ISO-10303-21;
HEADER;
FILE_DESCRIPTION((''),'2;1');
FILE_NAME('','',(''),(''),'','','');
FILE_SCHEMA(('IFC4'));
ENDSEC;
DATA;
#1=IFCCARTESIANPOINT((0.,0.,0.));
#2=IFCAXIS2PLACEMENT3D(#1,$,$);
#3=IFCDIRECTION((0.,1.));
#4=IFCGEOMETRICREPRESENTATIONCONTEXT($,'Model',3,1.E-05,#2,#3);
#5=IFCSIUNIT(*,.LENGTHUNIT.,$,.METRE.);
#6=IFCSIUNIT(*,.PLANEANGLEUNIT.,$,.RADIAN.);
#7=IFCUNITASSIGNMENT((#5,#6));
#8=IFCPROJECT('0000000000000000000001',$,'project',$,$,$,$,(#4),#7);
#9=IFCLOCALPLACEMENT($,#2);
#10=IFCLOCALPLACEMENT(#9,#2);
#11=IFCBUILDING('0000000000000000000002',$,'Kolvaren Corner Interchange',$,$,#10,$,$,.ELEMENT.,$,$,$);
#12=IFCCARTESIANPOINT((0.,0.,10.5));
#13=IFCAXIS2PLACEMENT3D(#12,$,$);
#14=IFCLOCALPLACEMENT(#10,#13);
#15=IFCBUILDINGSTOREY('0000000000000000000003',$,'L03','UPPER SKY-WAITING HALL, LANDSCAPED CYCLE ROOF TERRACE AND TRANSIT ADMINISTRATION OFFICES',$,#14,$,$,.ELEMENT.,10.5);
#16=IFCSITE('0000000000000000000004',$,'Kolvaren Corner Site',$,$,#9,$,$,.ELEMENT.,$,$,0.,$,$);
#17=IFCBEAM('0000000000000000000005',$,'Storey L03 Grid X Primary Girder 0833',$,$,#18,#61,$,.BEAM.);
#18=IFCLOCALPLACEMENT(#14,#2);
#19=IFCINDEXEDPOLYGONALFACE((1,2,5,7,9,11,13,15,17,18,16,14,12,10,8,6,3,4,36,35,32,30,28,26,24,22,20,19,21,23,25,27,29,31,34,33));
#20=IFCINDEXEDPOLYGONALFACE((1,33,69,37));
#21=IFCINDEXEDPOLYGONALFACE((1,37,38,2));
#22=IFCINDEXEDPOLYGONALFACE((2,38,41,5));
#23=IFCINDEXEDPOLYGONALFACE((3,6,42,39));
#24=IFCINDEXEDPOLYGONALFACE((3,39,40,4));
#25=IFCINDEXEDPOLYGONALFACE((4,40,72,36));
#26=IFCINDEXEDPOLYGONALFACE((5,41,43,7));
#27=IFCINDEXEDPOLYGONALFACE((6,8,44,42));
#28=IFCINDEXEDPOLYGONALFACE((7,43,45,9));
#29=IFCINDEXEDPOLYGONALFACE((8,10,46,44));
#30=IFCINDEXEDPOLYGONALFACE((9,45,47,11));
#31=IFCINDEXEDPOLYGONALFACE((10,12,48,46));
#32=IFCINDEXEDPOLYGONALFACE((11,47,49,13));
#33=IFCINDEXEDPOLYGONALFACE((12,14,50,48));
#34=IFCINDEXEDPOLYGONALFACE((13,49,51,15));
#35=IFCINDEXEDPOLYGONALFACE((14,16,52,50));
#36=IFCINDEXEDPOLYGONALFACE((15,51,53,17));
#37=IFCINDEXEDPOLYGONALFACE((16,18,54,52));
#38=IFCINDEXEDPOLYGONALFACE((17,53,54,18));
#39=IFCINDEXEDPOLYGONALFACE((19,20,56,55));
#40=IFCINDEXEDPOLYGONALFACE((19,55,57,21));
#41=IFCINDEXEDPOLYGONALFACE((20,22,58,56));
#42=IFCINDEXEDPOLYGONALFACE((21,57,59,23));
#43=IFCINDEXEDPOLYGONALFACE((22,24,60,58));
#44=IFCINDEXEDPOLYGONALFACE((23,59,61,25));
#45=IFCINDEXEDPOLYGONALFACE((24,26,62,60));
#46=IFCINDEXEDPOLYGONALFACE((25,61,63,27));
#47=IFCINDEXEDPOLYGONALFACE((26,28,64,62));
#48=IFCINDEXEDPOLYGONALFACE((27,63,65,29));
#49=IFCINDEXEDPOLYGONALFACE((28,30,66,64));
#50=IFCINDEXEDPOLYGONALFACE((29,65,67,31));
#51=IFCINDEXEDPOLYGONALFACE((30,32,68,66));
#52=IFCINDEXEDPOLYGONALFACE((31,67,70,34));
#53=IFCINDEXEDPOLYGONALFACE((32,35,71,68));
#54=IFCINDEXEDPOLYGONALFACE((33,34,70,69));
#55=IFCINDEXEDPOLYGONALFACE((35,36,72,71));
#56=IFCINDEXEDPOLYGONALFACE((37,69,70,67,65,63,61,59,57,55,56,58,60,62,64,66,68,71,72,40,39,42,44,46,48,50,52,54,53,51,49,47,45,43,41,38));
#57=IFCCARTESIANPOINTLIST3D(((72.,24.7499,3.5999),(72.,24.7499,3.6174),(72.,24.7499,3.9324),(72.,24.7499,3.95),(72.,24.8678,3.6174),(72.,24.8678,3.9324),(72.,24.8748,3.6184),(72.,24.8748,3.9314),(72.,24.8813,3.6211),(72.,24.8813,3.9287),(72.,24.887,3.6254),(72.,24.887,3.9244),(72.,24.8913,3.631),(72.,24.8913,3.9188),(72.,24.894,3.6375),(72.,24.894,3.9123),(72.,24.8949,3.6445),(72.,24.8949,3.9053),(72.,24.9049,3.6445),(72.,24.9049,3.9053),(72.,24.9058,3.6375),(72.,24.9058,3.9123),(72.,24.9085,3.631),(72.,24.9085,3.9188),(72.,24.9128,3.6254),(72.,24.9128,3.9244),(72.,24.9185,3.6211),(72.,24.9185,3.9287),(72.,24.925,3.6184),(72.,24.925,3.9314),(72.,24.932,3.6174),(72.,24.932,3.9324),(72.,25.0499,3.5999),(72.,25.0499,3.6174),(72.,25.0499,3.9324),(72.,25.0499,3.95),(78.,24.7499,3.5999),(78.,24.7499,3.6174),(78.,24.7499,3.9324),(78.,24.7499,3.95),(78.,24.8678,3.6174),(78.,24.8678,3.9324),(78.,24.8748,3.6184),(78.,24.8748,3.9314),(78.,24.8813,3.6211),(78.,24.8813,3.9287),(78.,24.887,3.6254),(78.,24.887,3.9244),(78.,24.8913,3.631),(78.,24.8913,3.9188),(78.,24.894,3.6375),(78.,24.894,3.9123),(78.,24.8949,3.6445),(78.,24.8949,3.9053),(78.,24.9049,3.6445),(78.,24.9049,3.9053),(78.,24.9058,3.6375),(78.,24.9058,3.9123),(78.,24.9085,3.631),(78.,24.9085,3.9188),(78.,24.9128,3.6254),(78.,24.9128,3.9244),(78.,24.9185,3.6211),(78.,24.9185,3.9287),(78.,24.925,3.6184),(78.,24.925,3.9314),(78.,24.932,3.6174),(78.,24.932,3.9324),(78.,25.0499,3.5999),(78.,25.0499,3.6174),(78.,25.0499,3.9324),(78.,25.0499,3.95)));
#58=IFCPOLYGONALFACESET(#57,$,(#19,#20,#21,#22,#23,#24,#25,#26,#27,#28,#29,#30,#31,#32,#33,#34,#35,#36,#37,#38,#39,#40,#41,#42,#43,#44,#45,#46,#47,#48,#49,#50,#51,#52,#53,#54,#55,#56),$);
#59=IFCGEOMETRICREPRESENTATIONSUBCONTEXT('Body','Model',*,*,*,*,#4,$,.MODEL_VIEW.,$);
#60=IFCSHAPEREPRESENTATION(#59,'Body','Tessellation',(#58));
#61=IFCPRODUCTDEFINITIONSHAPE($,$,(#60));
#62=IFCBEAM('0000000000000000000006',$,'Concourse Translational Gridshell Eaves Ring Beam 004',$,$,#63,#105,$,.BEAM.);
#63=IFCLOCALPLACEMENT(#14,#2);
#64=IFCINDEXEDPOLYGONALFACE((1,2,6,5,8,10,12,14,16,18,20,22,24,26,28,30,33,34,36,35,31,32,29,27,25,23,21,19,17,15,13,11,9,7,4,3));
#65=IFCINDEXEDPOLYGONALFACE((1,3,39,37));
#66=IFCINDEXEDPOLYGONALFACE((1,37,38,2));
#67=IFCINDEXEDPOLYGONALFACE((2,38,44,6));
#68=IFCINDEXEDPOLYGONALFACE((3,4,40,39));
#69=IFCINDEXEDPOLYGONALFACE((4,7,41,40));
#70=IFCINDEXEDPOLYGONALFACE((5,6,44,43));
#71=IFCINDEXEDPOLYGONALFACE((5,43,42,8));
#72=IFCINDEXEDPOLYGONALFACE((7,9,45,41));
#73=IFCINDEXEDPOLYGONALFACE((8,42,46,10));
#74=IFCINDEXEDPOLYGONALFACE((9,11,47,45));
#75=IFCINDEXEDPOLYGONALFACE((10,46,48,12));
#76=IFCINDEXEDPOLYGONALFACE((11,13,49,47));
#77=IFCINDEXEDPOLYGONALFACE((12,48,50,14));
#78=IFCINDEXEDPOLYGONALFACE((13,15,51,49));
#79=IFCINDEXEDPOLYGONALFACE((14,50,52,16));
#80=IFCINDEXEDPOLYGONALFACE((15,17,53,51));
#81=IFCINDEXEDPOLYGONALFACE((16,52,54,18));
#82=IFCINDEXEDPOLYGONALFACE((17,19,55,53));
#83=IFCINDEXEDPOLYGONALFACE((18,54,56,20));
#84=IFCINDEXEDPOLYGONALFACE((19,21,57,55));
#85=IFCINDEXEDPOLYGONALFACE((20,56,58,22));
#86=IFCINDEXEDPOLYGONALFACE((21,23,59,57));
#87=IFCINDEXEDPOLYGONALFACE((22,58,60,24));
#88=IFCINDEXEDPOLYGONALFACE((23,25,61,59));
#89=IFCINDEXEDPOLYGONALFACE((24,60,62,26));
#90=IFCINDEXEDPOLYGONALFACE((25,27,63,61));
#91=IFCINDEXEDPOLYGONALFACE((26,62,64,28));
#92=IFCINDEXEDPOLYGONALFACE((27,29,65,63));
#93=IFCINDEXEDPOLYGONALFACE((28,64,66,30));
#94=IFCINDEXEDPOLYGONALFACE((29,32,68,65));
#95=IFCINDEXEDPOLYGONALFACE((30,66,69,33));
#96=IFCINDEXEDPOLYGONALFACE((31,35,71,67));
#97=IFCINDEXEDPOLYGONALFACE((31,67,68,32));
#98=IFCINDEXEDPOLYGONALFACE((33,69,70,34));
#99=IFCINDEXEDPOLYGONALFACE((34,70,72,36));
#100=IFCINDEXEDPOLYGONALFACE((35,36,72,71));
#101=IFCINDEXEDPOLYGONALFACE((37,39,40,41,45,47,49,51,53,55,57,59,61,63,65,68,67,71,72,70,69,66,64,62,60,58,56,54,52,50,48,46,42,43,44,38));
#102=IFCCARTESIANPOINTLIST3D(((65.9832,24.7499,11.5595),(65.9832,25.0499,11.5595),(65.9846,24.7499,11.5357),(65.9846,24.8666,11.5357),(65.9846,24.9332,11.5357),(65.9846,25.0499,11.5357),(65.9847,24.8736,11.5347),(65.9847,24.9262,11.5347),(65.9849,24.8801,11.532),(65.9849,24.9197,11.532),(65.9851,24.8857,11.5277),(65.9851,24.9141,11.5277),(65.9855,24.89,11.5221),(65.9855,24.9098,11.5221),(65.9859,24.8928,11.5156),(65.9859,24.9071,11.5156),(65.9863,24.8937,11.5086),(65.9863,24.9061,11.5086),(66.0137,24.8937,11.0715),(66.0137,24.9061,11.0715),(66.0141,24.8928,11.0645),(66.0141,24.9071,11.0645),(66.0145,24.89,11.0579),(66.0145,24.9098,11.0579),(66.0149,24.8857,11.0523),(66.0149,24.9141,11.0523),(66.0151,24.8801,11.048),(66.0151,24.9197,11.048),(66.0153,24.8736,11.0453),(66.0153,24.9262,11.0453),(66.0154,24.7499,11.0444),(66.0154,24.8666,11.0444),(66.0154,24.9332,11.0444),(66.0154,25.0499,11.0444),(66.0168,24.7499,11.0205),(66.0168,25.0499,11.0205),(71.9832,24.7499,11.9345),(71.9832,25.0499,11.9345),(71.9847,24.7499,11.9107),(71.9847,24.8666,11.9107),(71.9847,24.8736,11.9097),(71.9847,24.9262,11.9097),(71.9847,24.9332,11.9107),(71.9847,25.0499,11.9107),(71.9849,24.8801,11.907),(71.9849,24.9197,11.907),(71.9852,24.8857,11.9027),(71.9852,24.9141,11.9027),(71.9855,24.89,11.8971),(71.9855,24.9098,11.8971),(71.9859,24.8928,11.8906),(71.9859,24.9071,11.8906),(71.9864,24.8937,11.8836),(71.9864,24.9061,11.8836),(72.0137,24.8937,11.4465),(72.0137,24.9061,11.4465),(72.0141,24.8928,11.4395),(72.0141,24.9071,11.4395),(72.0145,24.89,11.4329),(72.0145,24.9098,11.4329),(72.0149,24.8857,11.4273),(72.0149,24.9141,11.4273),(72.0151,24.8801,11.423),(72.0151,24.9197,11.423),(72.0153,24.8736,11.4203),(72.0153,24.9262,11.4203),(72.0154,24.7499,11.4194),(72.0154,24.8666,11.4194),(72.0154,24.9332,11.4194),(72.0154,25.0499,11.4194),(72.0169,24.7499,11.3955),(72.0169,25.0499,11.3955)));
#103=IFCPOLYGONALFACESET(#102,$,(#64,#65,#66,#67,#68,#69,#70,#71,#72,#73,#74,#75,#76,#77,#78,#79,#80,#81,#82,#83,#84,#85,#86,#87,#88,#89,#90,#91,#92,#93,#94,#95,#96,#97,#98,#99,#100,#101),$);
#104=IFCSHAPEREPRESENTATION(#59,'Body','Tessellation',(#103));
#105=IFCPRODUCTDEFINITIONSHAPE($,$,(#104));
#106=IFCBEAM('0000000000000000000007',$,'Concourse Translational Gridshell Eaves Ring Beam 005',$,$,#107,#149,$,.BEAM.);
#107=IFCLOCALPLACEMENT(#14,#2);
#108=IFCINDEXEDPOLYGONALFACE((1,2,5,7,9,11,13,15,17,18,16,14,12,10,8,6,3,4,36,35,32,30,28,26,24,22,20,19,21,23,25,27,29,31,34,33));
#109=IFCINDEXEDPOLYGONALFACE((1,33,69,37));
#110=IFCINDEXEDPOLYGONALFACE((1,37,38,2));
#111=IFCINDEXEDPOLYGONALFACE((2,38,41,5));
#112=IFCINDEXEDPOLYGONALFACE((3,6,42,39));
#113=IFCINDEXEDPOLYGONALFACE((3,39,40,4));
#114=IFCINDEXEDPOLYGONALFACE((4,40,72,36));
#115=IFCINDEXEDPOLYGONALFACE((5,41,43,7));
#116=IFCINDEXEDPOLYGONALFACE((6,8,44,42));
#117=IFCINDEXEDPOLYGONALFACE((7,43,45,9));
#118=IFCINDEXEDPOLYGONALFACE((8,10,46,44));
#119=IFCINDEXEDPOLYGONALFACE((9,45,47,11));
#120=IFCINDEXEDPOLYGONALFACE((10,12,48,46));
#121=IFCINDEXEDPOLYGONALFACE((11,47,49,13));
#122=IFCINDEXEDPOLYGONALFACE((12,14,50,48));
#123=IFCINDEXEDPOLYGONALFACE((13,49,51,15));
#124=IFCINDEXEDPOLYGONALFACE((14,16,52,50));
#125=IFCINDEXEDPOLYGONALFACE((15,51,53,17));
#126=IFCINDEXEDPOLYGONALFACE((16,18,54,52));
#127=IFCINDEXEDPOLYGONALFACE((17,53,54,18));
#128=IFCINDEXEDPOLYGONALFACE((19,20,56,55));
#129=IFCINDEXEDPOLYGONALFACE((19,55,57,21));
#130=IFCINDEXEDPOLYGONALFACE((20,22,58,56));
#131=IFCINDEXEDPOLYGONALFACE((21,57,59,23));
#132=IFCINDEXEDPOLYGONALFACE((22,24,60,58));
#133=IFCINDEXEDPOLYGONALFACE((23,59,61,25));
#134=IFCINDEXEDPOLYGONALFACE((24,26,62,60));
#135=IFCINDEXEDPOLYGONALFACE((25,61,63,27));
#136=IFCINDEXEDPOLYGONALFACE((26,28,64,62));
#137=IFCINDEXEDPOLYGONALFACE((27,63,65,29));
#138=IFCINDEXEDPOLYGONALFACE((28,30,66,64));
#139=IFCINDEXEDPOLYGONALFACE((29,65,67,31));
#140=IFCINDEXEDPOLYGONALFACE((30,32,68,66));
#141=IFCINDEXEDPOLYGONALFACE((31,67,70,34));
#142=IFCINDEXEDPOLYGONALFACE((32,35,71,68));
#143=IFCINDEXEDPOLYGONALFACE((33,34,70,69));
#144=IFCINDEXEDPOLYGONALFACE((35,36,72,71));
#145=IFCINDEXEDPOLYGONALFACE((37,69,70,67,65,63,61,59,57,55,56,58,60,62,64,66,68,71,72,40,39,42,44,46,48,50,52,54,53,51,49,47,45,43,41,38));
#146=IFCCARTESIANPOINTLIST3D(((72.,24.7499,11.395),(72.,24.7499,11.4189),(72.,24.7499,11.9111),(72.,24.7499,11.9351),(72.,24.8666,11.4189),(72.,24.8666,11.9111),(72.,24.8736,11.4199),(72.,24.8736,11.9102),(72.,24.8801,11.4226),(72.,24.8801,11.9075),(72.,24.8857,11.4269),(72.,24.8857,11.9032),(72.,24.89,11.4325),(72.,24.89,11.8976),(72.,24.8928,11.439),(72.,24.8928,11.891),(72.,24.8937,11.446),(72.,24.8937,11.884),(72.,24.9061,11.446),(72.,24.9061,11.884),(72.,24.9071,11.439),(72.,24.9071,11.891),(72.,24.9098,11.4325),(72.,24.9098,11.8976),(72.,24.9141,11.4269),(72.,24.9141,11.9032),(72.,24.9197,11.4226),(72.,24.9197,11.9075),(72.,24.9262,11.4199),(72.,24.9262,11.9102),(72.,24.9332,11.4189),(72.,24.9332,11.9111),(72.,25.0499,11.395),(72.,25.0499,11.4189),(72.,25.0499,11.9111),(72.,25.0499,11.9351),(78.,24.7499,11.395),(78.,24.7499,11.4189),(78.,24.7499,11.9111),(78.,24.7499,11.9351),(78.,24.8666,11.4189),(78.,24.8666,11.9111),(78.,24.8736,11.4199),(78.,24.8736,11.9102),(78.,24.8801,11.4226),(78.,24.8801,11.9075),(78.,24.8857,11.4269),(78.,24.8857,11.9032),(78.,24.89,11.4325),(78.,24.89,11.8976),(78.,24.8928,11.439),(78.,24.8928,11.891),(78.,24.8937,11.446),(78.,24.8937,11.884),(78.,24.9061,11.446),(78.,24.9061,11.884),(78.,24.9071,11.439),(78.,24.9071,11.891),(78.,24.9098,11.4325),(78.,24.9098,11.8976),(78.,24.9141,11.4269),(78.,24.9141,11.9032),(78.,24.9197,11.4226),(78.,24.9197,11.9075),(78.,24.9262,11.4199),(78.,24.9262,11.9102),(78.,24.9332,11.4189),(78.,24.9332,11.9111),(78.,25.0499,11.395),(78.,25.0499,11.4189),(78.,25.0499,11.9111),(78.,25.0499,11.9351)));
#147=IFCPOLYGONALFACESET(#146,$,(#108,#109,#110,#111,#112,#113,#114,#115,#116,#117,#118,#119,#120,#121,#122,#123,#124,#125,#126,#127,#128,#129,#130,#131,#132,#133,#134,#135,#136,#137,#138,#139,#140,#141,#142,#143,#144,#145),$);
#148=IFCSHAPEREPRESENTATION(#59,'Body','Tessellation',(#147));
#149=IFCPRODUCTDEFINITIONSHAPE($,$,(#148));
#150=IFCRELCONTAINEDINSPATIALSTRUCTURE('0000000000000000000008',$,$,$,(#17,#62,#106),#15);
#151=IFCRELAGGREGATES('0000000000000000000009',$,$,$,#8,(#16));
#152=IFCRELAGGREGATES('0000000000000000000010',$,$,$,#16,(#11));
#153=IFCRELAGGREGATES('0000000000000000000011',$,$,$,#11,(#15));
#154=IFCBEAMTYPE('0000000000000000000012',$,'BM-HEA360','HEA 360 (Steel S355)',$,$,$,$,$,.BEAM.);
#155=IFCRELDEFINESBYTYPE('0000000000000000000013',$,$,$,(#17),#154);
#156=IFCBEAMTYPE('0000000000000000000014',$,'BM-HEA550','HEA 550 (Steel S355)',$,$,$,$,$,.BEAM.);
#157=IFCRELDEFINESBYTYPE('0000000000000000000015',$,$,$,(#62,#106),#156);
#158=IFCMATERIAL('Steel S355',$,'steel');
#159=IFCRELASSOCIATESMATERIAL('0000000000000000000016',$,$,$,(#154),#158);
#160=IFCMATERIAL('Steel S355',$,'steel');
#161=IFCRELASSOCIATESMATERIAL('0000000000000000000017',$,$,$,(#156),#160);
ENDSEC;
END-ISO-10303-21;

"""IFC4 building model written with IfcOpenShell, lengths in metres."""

from ifc_helpers import new_model, si_unit, direction, frame, origin, origin_2d, place, context, subcontext, project, spatial, i_section, extrude, material, material_profile, profile_set, type_object, element, save


model = new_model("IFC4")

# Units and contexts
model_context = context("Model", 3, precision=1e-05, world=origin(), true_north=direction((0.0, 1.0)))
body_context = subcontext(model_context, "Body", "Model", "MODEL_VIEW")
ifc_project = project(units=[si_unit("LENGTHUNIT", "METRE"), si_unit("PLANEANGLEUNIT", "RADIAN")], contexts=[model_context])

# Site, building, storey
site_placement = place(None, origin())
site = spatial("IfcSite", under=ifc_project, at=site_placement, Name="Kolvaren Corner Site", CompositionType="ELEMENT", RefElevation=0.0)
building_placement = place(site_placement, origin())
building = spatial("IfcBuilding", under=site, at=building_placement, Name="Kolvaren Corner Interchange", CompositionType="ELEMENT")
storey_placement = place(building_placement, frame((0.0, 0.0, 10.5)))
storey = spatial("IfcBuildingStorey", under=building, at=storey_placement, Name="L03", Description="UPPER SKY-WAITING HALL, LANDSCAPED CYCLE ROOF TERRACE AND TRANSIT ADMINISTRATION OFFICES", CompositionType="ELEMENT", Elevation=10.5)

# Beams
ifc_material_1 = material(Name="Steel S355", Category="steel")
ifc_material_profile_1 = material_profile(ifc_material_1, i_section(OverallWidth=0.3, OverallDepth=0.3501, WebThickness=0.01, FlangeThickness=0.0176, FilletRadius=0.0271, at=origin_2d()), Name="HEA 360")
ifc_profile_set_1 = profile_set([ifc_material_profile_1], Name="Steel S355")
beam_type_1 = type_object("IfcBeamType", Name="BM-HEA360", Description="HEA 360 (Steel S355)", PredefinedType="BEAM", material=ifc_profile_set_1)
for number, where, z_axis, x_axis, name in (
    (1, (72.0, 24.8999, 3.7749), (1.0, 0.0, 0.0), (0.0, 1.0, 0.0), "Storey L03 Grid X Primary Girder 0833"),
):
    element("IfcBeam", number, at=place(storey_placement, frame(where, z_axis=z_axis, x_axis=x_axis)), inside=storey, type_object=beam_type_1, Name=name, PredefinedType="BEAM", context=body_context, shape_type="SweptSolid", body=[
        extrude(i_section(OverallWidth=0.3, OverallDepth=0.3501, WebThickness=0.01, FlangeThickness=0.0176, FilletRadius=0.0271, at=origin_2d()), origin(), (0.0, 0.0, 1.0), 6.0),
    ])
ifc_material_2 = material(Name="Steel S355", Category="steel")
ifc_material_profile_2 = material_profile(ifc_material_2, i_section(OverallWidth=0.3, OverallDepth=0.54, WebThickness=0.0125, FlangeThickness=0.0239, FilletRadius=0.0271, at=origin_2d()), Name="HEA 550")
ifc_profile_set_2 = profile_set([ifc_material_profile_2], Name="Steel S355")
beam_type_2 = type_object("IfcBeamType", Name="BM-HEA550", Description="HEA 550 (Steel S355)", PredefinedType="BEAM", material=ifc_profile_set_2)
beam_1_placement = place(storey_placement, frame((66.0, 24.8999, 11.29), z_axis=(0.998053, 0.0, 0.062378), x_axis=(0.0, 1.0, 0.0)))
element("IfcBeam", 2, at=beam_1_placement, inside=storey, type_object=beam_type_2, Name="Concourse Translational Gridshell Eaves Ring Beam 004", PredefinedType="BEAM", context=body_context, shape_type="SweptSolid", body=[
    extrude(i_section(OverallWidth=0.3, OverallDepth=0.54, WebThickness=0.0125, FlangeThickness=0.0239, FilletRadius=0.0271, at=origin_2d()), origin(), (0.0, 0.0, 1.0), 6.0117),
])
beam_2_placement = place(storey_placement, frame((72.0, 24.8999, 11.665), z_axis=(1.0, 0.0, 0.0), x_axis=(0.0, 1.0, 0.0)))
element("IfcBeam", 3, at=beam_2_placement, inside=storey, type_object=beam_type_2, Name="Concourse Translational Gridshell Eaves Ring Beam 005", PredefinedType="BEAM", context=body_context, shape_type="SweptSolid", body=[
    extrude(i_section(OverallWidth=0.3, OverallDepth=0.54, WebThickness=0.0125, FlangeThickness=0.0239, FilletRadius=0.0271, at=origin_2d()), origin(), (0.0, 0.0, 1.0), 6.0),
])

save(model, "model.ifc")
